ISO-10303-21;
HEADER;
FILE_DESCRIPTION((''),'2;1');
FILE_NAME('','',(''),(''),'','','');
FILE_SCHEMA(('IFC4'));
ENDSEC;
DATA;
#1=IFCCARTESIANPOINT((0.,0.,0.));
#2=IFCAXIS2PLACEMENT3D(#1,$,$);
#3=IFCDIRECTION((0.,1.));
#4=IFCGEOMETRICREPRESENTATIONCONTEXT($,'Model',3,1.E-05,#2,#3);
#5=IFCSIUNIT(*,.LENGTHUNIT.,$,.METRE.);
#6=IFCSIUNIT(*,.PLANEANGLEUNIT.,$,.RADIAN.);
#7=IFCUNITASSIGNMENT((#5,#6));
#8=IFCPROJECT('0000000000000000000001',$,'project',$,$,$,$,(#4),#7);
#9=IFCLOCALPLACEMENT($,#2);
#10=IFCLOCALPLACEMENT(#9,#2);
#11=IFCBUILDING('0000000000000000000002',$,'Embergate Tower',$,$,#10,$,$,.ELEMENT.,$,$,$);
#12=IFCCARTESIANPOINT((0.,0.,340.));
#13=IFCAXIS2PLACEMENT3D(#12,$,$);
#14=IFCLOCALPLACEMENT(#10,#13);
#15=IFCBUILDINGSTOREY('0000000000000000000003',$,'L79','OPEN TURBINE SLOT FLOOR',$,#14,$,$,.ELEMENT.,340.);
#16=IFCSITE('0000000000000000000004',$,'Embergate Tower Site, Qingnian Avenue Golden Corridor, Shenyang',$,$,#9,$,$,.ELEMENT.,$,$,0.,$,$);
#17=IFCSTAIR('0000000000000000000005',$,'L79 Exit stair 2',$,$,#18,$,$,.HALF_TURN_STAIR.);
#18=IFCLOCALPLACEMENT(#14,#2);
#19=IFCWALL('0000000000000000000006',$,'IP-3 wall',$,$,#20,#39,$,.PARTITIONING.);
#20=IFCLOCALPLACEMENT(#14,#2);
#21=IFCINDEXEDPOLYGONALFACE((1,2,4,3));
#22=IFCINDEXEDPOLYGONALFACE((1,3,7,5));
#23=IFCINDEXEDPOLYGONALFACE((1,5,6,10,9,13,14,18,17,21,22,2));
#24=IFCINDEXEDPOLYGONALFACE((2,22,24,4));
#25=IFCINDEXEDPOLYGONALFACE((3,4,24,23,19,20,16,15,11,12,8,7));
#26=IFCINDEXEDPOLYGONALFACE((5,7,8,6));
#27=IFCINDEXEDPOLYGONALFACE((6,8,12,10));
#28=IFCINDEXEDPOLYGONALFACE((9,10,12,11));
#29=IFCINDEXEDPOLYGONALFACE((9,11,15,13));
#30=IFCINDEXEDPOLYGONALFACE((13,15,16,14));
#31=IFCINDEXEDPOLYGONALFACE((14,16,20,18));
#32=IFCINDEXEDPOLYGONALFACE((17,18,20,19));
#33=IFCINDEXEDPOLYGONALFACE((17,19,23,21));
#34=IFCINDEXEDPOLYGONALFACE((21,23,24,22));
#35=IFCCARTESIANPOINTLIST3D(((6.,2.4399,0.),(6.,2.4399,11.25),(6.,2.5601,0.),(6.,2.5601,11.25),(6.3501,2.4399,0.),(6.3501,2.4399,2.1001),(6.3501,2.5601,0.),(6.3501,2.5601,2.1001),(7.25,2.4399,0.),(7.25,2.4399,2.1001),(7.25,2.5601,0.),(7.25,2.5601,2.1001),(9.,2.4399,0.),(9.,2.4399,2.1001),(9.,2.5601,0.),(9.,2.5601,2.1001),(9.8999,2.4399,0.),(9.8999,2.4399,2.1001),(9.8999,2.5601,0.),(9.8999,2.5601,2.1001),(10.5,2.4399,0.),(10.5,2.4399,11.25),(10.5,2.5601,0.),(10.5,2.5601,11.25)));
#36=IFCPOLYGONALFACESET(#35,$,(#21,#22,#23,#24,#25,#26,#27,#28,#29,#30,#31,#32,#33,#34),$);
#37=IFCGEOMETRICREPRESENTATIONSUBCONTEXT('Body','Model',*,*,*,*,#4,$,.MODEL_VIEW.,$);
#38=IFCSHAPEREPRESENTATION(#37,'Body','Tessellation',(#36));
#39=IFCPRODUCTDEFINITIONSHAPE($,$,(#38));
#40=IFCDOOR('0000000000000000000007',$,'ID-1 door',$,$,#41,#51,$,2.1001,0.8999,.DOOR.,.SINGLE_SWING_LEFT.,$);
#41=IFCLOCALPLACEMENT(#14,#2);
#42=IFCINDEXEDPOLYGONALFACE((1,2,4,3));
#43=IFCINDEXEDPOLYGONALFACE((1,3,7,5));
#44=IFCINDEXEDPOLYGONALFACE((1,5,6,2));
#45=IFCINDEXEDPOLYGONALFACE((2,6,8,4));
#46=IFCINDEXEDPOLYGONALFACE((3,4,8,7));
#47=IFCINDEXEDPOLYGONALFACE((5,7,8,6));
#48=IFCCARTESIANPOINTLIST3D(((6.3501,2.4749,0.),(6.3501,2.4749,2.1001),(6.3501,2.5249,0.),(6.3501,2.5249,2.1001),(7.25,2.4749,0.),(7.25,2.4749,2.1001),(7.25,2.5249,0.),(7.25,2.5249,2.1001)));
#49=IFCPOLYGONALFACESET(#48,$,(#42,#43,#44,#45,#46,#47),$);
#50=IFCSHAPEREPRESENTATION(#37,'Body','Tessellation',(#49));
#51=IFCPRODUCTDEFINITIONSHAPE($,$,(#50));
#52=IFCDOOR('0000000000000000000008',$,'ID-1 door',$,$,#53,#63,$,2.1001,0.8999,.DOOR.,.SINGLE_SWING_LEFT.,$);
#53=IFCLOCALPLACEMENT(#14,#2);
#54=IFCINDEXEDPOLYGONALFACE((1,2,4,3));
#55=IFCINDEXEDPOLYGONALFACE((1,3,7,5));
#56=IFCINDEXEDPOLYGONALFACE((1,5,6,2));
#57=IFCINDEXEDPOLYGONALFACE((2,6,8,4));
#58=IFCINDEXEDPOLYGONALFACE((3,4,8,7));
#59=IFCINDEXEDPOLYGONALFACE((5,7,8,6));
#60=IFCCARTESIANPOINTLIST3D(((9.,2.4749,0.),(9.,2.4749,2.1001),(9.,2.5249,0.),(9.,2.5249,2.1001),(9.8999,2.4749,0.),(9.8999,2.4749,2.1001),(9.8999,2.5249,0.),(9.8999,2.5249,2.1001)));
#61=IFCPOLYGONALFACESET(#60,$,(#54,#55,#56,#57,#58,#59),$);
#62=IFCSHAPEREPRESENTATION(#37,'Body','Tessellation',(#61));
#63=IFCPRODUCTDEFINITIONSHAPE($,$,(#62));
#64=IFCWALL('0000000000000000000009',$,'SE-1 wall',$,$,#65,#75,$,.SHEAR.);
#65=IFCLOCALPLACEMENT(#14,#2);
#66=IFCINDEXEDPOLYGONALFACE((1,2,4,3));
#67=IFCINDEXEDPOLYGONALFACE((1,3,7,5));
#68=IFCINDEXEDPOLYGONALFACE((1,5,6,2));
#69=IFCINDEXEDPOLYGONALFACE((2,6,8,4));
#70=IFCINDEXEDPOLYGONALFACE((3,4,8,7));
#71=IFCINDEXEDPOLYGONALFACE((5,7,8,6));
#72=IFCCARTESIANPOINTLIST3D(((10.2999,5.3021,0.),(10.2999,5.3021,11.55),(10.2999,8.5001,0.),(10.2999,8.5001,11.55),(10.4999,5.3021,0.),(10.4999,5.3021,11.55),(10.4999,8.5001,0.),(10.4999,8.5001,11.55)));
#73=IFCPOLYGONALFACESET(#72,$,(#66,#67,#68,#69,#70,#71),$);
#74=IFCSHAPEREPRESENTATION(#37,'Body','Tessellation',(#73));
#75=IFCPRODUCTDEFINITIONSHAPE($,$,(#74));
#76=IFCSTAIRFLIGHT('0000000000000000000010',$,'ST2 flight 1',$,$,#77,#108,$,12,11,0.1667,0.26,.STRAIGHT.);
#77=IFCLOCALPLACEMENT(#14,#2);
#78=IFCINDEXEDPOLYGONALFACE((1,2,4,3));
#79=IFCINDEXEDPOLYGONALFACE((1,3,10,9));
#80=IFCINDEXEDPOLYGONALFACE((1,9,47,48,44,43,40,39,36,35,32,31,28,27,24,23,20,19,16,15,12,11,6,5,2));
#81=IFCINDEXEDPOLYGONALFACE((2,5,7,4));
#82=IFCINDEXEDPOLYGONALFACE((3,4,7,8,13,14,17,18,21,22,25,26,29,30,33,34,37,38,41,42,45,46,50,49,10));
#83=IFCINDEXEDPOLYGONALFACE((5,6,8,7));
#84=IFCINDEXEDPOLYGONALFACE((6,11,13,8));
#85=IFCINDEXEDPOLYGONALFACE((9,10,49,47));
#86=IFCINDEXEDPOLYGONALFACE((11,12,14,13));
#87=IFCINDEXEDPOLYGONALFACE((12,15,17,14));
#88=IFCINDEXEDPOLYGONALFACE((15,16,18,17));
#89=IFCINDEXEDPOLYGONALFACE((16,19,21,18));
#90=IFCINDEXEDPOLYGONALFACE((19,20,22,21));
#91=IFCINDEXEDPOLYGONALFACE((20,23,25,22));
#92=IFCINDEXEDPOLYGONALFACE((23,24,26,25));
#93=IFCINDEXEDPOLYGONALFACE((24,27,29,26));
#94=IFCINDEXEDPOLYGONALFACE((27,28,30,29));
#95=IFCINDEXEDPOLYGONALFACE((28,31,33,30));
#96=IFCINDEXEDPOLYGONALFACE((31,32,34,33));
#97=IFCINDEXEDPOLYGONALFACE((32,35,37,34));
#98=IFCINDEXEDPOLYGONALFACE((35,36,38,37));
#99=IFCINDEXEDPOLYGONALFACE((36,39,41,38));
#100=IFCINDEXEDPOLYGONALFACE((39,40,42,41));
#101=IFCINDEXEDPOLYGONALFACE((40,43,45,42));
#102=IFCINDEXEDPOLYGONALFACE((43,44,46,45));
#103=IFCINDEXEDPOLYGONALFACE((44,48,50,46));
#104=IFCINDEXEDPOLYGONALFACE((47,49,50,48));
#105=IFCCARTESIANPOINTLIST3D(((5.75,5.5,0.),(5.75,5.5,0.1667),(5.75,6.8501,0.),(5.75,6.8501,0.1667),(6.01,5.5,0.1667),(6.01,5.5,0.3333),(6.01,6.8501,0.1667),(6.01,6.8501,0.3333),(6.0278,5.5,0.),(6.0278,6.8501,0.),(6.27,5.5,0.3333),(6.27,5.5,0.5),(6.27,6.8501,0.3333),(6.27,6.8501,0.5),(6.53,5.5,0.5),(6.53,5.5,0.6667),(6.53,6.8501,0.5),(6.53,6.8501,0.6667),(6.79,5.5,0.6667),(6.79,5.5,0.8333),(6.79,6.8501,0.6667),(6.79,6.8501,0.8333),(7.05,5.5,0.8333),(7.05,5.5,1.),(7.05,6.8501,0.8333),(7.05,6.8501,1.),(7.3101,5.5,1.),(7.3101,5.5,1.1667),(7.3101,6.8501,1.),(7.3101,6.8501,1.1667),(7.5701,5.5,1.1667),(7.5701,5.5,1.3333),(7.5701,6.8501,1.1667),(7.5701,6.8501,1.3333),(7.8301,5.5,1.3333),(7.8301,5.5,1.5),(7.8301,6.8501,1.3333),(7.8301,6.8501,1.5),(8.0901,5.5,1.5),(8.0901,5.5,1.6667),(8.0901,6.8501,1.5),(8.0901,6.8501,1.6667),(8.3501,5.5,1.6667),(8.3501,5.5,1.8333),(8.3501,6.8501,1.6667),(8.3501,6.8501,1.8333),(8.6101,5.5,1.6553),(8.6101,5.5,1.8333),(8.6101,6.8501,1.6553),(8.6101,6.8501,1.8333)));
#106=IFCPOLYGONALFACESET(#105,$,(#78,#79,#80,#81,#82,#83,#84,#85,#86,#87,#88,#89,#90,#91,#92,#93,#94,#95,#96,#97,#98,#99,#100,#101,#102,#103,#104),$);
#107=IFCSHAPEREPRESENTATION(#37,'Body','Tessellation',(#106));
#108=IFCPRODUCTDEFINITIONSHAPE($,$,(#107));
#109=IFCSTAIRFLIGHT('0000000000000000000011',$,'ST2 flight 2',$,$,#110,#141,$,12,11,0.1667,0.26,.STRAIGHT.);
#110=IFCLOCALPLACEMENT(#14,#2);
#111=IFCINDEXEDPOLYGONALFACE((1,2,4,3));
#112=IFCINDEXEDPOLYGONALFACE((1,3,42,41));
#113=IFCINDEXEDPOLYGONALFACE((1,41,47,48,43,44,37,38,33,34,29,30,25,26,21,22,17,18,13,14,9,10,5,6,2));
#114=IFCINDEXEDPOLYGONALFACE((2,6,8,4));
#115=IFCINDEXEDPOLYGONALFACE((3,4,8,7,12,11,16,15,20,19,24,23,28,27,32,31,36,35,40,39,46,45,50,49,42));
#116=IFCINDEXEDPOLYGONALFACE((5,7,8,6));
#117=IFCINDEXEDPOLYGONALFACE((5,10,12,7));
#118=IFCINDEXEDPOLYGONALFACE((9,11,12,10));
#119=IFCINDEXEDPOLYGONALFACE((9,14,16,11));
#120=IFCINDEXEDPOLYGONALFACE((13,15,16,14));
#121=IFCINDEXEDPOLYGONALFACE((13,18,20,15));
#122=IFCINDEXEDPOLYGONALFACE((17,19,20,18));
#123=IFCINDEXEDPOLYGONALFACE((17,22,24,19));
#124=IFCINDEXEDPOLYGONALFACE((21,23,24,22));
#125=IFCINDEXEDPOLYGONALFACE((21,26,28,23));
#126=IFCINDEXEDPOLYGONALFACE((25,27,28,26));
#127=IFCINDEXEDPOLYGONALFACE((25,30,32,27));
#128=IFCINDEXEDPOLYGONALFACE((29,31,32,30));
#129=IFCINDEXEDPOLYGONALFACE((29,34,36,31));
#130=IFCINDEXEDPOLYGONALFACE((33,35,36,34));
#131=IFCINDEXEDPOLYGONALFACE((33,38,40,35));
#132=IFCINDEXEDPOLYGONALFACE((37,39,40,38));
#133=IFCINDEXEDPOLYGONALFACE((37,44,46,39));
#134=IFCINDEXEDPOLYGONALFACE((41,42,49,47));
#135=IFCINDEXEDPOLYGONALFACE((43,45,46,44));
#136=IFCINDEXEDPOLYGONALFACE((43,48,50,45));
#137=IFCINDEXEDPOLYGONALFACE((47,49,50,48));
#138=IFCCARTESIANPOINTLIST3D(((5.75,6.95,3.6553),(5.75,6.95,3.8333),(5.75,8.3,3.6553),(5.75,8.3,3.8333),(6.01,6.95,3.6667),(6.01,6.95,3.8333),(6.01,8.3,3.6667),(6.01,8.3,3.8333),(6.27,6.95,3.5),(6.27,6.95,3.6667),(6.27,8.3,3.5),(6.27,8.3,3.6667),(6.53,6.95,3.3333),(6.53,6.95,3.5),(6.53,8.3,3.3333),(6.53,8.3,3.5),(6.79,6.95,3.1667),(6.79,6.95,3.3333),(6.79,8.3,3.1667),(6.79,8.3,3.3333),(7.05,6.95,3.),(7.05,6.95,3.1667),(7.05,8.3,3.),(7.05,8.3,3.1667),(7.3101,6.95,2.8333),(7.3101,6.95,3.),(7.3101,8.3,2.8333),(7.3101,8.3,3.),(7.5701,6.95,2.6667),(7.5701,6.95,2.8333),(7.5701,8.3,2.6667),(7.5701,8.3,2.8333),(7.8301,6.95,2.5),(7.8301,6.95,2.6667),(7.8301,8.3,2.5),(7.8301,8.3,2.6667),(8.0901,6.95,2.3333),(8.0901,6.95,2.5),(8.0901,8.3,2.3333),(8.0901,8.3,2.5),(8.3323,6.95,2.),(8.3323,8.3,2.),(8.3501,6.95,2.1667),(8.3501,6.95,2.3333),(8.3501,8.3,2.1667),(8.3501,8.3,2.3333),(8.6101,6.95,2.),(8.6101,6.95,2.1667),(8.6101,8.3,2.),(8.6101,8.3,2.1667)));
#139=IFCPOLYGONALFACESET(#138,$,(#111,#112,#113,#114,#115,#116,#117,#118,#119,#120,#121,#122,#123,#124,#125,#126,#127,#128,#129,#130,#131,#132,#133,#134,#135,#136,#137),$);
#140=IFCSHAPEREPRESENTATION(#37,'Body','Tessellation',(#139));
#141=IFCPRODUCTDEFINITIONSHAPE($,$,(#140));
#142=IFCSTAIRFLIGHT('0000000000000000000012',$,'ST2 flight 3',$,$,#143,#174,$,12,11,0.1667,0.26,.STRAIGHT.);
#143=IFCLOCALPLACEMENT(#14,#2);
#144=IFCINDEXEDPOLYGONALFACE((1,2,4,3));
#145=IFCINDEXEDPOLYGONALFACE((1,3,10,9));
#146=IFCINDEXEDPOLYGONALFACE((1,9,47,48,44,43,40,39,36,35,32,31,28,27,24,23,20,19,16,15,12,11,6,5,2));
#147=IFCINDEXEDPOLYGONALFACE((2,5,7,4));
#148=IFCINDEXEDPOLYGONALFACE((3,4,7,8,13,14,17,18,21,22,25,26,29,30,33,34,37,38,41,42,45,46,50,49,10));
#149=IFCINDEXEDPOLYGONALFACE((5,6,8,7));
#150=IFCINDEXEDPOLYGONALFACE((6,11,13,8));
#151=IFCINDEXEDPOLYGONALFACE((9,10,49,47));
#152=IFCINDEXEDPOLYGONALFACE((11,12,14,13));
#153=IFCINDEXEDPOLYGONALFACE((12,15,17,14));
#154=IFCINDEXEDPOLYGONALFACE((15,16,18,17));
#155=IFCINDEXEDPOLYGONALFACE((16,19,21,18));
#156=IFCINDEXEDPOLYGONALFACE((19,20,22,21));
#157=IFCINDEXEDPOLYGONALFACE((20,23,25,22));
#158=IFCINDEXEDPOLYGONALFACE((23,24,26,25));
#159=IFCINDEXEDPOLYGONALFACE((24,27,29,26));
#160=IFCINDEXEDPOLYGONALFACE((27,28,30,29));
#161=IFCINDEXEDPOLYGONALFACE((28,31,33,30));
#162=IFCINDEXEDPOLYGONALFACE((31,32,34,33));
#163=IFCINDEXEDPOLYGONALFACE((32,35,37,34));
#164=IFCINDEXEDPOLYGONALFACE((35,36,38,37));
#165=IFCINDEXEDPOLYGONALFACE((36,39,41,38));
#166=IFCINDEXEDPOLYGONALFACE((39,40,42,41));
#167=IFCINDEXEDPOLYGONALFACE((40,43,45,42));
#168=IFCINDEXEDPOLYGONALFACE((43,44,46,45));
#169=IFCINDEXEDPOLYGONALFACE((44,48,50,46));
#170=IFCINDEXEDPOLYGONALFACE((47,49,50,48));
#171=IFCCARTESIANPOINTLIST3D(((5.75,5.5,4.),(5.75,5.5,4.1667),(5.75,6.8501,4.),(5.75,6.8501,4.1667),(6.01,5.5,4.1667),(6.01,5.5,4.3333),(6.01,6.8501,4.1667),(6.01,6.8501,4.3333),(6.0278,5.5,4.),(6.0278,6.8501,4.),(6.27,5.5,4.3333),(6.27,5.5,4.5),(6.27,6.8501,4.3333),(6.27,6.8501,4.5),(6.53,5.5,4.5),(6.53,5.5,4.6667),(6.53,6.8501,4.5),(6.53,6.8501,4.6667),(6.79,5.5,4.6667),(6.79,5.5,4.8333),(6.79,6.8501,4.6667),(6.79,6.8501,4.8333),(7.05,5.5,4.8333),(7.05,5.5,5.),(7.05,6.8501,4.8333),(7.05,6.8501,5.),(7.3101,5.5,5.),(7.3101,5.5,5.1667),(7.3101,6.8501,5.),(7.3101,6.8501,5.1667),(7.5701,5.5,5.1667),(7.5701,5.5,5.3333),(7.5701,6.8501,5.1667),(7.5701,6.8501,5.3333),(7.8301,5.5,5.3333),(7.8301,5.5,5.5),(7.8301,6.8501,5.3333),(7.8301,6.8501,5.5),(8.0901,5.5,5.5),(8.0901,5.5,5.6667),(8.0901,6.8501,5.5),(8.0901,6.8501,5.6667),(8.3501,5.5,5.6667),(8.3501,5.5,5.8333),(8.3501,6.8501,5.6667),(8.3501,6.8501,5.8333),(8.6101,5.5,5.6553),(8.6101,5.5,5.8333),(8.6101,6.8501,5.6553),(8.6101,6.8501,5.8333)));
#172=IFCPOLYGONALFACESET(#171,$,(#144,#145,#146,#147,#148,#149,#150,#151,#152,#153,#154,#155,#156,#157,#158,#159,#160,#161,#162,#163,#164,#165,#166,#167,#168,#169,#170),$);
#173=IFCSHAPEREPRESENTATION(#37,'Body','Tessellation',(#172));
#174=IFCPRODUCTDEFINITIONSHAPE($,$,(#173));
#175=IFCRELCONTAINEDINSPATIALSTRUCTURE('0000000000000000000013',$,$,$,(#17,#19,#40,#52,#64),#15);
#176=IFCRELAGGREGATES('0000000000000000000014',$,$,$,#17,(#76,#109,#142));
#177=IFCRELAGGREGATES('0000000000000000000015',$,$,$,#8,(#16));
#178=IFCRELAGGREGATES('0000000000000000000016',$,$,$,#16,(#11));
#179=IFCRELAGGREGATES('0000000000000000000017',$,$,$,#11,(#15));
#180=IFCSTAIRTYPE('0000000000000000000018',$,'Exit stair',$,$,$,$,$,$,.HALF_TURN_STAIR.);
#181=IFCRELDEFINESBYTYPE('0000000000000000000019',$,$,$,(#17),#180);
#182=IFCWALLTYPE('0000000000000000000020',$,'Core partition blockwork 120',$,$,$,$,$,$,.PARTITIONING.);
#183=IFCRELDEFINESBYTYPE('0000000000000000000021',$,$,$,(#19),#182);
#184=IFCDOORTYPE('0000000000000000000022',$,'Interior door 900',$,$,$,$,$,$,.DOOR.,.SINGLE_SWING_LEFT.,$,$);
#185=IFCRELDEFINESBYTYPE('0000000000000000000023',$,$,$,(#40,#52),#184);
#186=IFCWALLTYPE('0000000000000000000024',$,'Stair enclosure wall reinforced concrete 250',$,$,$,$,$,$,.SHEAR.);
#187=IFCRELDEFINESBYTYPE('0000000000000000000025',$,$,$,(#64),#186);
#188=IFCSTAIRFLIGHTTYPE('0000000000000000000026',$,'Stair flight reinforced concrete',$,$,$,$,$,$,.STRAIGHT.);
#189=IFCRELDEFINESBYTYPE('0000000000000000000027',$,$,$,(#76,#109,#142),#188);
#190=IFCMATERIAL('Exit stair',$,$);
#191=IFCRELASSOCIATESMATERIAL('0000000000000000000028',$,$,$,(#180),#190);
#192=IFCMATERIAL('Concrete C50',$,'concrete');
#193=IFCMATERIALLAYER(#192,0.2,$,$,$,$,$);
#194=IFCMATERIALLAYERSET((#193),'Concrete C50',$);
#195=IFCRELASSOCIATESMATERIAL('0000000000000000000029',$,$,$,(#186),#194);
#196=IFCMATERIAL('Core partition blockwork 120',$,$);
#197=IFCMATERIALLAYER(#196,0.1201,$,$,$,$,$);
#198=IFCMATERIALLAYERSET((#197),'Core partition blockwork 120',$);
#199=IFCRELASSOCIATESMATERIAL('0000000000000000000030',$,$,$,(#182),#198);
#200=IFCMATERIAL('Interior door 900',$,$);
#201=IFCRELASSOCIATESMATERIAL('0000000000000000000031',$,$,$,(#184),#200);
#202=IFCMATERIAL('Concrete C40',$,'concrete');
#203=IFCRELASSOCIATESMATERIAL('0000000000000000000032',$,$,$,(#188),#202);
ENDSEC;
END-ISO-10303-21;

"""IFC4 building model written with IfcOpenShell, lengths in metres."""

from ifc_helpers import new_model, si_unit, direction, frame, frame_2d, origin, place, context, subcontext, project, spatial, polyline, rectangle, outline, extrude, source, transform, mapped, material, layer, layer_set, type_object, element, fill, aggregate, save


model = new_model("IFC4")

# Units and contexts
model_context = context("Model", 3, precision=1e-05, world=origin(), true_north=direction((0.0, 1.0)))
body_context = subcontext(model_context, "Body", "Model", "MODEL_VIEW")
ifc_project = project(units=[si_unit("LENGTHUNIT", "METRE"), si_unit("PLANEANGLEUNIT", "RADIAN")], contexts=[model_context])

# Site, building, storey
site_placement = place(None, origin())
site = spatial("IfcSite", under=ifc_project, at=site_placement, Name="Embergate Tower Site, Qingnian Avenue Golden Corridor, Shenyang", CompositionType="ELEMENT", RefElevation=0.0)
building_placement = place(site_placement, origin())
building = spatial("IfcBuilding", under=site, at=building_placement, Name="Embergate Tower", CompositionType="ELEMENT")
storey_placement = place(building_placement, frame((0.0, 0.0, 340.0)))
storey = spatial("IfcBuildingStorey", under=building, at=storey_placement, Name="L79", Description="OPEN TURBINE SLOT FLOOR", CompositionType="ELEMENT", Elevation=340.0)

# Stair
ifc_material_1 = material(Name="Exit stair")
stair_type = type_object("IfcStairType", Name="Exit stair", PredefinedType="HALF_TURN_STAIR", material=ifc_material_1)
stair_placement = place(storey_placement, origin())
stair = element("IfcStair", 1, at=stair_placement, inside=storey, type_object=stair_type, Name="L79 Exit stair 2", PredefinedType="HALF_TURN_STAIR")
ifc_material_2 = material(Name="Concrete C40", Category="concrete")

# Shared definitions
ifc_material_3 = material(Name="Concrete C50", Category="concrete")
ifc_layer_1 = layer(ifc_material_3, 0.2)
ifc_layer_set_1 = layer_set([ifc_layer_1], Name="Concrete C50")
wall_type_1 = type_object("IfcWallType", Name="Stair enclosure wall reinforced concrete 250", PredefinedType="SHEAR", material=ifc_layer_set_1)
ifc_material_4 = material(Name="Core partition blockwork 120")
ifc_layer_2 = layer(ifc_material_4, 0.1201)
ifc_layer_set_2 = layer_set([ifc_layer_2], Name="Core partition blockwork 120")
wall_type_2 = type_object("IfcWallType", Name="Core partition blockwork 120", PredefinedType="PARTITIONING", material=ifc_layer_set_2)

# Wall, openings, doors
shared_shape_1 = source(origin(), body_context, "Body", "SweptSolid", [
    extrude(rectangle(XDim=4.5, YDim=0.1201, at=frame_2d((2.25, 0.0))), origin(), (0.0, 0.0, 1.0), 11.25),
])
wall_1_placement = place(storey_placement, frame((6.0, 2.5, 0.0), z_axis=(0.0, 0.0, 1.0), x_axis=(1.0, 0.0, 0.0)))
wall_1 = element("IfcWall", 2, at=wall_1_placement, inside=storey, type_object=wall_type_2, Name="IP-3 wall", PredefinedType="PARTITIONING", context=body_context, shape_type="MappedRepresentation", body=[
    mapped(shared_shape_1, transform((0.0, 0.0, 0.0))),
])
shared_shape_2 = source(origin(), body_context, "Body", "SweptSolid", [
    extrude(rectangle(XDim=0.8999, YDim=2.1001, at=frame_2d((0.45, 1.05))), frame((0.0, 0.0701, 0.0), z_axis=(0.0, -1.0, 0.0), x_axis=(1.0, 0.0, 0.0)), (0.0, 0.0, 1.0), 0.1401),
])
opening_1_placement = place(wall_1_placement, frame((0.3501, 0.0, 0.0)))
opening_1 = element("IfcOpeningElement", 3, at=opening_1_placement, cuts=wall_1, PredefinedType="OPENING", context=body_context, shape_type="MappedRepresentation", body=[
    mapped(shared_shape_2, transform((0.0, 0.0, 0.0))),
])
opening_2_placement = place(wall_1_placement, frame((3.0, 0.0, 0.0)))
opening_2 = element("IfcOpeningElement", 4, at=opening_2_placement, cuts=wall_1, PredefinedType="OPENING", context=body_context, shape_type="MappedRepresentation", body=[
    mapped(shared_shape_2, transform((0.0, 0.0, 0.0))),
])
ifc_material_5 = material(Name="Interior door 900")
door_type = type_object("IfcDoorType", Name="Interior door 900", OperationType="SINGLE_SWING_LEFT", PredefinedType="DOOR", material=ifc_material_5)
shared_shape_3 = source(origin(), body_context, "Body", "SweptSolid", [
    extrude(rectangle(XDim=0.8999, YDim=2.1001, at=frame_2d((0.45, 1.05))), frame((0.0, 0.0249, 0.0), z_axis=(0.0, -1.0, 0.0), x_axis=(1.0, 0.0, 0.0)), (0.0, 0.0, 1.0), 0.05),
])
door_1_placement = place(opening_1_placement, origin())
door_1 = element("IfcDoor", 5, at=door_1_placement, inside=storey, type_object=door_type, Name="ID-1 door", OperationType="SINGLE_SWING_LEFT", OverallHeight=2.1001, OverallWidth=0.8999, PredefinedType="DOOR", context=body_context, shape_type="MappedRepresentation", body=[
    mapped(shared_shape_3, transform((0.0, 0.0, 0.0))),
])
fill(opening_1, door_1)
door_2_placement = place(opening_2_placement, origin())
door_2 = element("IfcDoor", 6, at=door_2_placement, inside=storey, type_object=door_type, Name="ID-1 door", OperationType="SINGLE_SWING_LEFT", OverallHeight=2.1001, OverallWidth=0.8999, PredefinedType="DOOR", context=body_context, shape_type="MappedRepresentation", body=[
    mapped(shared_shape_3, transform((0.0, 0.0, 0.0))),
])
fill(opening_2, door_2)

# Wall
shared_shape_4 = source(origin(), body_context, "Body", "SweptSolid", [
    extrude(rectangle(XDim=3.198, YDim=0.2, at=frame_2d((1.5991, 0.0))), origin(), (0.0, 0.0, 1.0), 11.55),
])
wall_2_placement = place(storey_placement, frame((10.3999, 5.302, 0.0), z_axis=(0.0, 0.0, 1.0), x_axis=(0.0, 1.0, 0.0)))
element("IfcWall", 7, at=wall_2_placement, inside=storey, type_object=wall_type_1, Name="SE-1 wall", PredefinedType="SHEAR", context=body_context, shape_type="MappedRepresentation", body=[
    mapped(shared_shape_4, transform((0.0, 0.0, 0.0))),
])

# Stair flights
stair_flight_type = type_object("IfcStairFlightType", Name="Stair flight reinforced concrete", PredefinedType="STRAIGHT", material=ifc_material_2)
shared_shape_5 = source(origin(), body_context, "Body", "SweptSolid", [
    extrude(outline(polyline([(0.0, 0.0), (0.0, 0.1667), (0.26, 0.1667), (0.26, 0.3333), (0.52, 0.3333), (0.52, 0.5), (0.78, 0.5), (0.78, 0.6667), (1.04, 0.6667), (1.04, 0.8333), (1.3, 0.8333), (1.3, 1.0), (1.5601, 1.0), (1.5601, 1.1667), (1.8201, 1.1667), (1.8201, 1.3333), (2.0801, 1.3333), (2.0801, 1.5), (2.3401, 1.5), (2.3401, 1.6667), (2.6001, 1.6667), (2.6001, 1.8333), (2.8601, 1.8333), (2.8601, 2.0), (2.8601, 1.6553), (0.2778, 0.0), (0.0, 0.0)])), frame((0.0, 0.675, 0.0), z_axis=(0.0, -1.0, 0.0), x_axis=(1.0, 0.0, 0.0)), (0.0, 0.0, 1.0), 1.3501),
])
stair_flight_1_placement = place(storey_placement, frame((5.75, 6.175, 0.0), z_axis=(0.0, 0.0, 1.0), x_axis=(1.0, 0.0, 0.0)))
stair_flight_1 = element("IfcStairFlight", 8, at=stair_flight_1_placement, type_object=stair_flight_type, Name="ST2 flight 1", NumberOfRisers=12, NumberOfTreads=11, PredefinedType="STRAIGHT", RiserHeight=0.1667, TreadLength=0.26, context=body_context, shape_type="MappedRepresentation", body=[
    mapped(shared_shape_5, transform((0.0, 0.0, 0.0))),
])
stair_flight_2_placement = place(storey_placement, frame((8.6101, 7.625, 2.0), z_axis=(0.0, 0.0, 1.0), x_axis=(-1.0, 0.0, 0.0)))
stair_flight_2 = element("IfcStairFlight", 9, at=stair_flight_2_placement, type_object=stair_flight_type, Name="ST2 flight 2", NumberOfRisers=12, NumberOfTreads=11, PredefinedType="STRAIGHT", RiserHeight=0.1667, TreadLength=0.26, context=body_context, shape_type="MappedRepresentation", body=[
    mapped(shared_shape_5, transform((0.0, 0.0, 0.0))),
])
stair_flight_3_placement = place(storey_placement, frame((5.75, 6.175, 4.0), z_axis=(0.0, 0.0, 1.0), x_axis=(1.0, 0.0, 0.0)))
stair_flight_3 = element("IfcStairFlight", 10, at=stair_flight_3_placement, type_object=stair_flight_type, Name="ST2 flight 3", NumberOfRisers=12, NumberOfTreads=11, PredefinedType="STRAIGHT", RiserHeight=0.1667, TreadLength=0.26, context=body_context, shape_type="MappedRepresentation", body=[
    mapped(shared_shape_5, transform((0.0, 0.0, 0.0))),
])
aggregate(stair, [stair_flight_1, stair_flight_2, stair_flight_3])

save(model, "model.ifc")
